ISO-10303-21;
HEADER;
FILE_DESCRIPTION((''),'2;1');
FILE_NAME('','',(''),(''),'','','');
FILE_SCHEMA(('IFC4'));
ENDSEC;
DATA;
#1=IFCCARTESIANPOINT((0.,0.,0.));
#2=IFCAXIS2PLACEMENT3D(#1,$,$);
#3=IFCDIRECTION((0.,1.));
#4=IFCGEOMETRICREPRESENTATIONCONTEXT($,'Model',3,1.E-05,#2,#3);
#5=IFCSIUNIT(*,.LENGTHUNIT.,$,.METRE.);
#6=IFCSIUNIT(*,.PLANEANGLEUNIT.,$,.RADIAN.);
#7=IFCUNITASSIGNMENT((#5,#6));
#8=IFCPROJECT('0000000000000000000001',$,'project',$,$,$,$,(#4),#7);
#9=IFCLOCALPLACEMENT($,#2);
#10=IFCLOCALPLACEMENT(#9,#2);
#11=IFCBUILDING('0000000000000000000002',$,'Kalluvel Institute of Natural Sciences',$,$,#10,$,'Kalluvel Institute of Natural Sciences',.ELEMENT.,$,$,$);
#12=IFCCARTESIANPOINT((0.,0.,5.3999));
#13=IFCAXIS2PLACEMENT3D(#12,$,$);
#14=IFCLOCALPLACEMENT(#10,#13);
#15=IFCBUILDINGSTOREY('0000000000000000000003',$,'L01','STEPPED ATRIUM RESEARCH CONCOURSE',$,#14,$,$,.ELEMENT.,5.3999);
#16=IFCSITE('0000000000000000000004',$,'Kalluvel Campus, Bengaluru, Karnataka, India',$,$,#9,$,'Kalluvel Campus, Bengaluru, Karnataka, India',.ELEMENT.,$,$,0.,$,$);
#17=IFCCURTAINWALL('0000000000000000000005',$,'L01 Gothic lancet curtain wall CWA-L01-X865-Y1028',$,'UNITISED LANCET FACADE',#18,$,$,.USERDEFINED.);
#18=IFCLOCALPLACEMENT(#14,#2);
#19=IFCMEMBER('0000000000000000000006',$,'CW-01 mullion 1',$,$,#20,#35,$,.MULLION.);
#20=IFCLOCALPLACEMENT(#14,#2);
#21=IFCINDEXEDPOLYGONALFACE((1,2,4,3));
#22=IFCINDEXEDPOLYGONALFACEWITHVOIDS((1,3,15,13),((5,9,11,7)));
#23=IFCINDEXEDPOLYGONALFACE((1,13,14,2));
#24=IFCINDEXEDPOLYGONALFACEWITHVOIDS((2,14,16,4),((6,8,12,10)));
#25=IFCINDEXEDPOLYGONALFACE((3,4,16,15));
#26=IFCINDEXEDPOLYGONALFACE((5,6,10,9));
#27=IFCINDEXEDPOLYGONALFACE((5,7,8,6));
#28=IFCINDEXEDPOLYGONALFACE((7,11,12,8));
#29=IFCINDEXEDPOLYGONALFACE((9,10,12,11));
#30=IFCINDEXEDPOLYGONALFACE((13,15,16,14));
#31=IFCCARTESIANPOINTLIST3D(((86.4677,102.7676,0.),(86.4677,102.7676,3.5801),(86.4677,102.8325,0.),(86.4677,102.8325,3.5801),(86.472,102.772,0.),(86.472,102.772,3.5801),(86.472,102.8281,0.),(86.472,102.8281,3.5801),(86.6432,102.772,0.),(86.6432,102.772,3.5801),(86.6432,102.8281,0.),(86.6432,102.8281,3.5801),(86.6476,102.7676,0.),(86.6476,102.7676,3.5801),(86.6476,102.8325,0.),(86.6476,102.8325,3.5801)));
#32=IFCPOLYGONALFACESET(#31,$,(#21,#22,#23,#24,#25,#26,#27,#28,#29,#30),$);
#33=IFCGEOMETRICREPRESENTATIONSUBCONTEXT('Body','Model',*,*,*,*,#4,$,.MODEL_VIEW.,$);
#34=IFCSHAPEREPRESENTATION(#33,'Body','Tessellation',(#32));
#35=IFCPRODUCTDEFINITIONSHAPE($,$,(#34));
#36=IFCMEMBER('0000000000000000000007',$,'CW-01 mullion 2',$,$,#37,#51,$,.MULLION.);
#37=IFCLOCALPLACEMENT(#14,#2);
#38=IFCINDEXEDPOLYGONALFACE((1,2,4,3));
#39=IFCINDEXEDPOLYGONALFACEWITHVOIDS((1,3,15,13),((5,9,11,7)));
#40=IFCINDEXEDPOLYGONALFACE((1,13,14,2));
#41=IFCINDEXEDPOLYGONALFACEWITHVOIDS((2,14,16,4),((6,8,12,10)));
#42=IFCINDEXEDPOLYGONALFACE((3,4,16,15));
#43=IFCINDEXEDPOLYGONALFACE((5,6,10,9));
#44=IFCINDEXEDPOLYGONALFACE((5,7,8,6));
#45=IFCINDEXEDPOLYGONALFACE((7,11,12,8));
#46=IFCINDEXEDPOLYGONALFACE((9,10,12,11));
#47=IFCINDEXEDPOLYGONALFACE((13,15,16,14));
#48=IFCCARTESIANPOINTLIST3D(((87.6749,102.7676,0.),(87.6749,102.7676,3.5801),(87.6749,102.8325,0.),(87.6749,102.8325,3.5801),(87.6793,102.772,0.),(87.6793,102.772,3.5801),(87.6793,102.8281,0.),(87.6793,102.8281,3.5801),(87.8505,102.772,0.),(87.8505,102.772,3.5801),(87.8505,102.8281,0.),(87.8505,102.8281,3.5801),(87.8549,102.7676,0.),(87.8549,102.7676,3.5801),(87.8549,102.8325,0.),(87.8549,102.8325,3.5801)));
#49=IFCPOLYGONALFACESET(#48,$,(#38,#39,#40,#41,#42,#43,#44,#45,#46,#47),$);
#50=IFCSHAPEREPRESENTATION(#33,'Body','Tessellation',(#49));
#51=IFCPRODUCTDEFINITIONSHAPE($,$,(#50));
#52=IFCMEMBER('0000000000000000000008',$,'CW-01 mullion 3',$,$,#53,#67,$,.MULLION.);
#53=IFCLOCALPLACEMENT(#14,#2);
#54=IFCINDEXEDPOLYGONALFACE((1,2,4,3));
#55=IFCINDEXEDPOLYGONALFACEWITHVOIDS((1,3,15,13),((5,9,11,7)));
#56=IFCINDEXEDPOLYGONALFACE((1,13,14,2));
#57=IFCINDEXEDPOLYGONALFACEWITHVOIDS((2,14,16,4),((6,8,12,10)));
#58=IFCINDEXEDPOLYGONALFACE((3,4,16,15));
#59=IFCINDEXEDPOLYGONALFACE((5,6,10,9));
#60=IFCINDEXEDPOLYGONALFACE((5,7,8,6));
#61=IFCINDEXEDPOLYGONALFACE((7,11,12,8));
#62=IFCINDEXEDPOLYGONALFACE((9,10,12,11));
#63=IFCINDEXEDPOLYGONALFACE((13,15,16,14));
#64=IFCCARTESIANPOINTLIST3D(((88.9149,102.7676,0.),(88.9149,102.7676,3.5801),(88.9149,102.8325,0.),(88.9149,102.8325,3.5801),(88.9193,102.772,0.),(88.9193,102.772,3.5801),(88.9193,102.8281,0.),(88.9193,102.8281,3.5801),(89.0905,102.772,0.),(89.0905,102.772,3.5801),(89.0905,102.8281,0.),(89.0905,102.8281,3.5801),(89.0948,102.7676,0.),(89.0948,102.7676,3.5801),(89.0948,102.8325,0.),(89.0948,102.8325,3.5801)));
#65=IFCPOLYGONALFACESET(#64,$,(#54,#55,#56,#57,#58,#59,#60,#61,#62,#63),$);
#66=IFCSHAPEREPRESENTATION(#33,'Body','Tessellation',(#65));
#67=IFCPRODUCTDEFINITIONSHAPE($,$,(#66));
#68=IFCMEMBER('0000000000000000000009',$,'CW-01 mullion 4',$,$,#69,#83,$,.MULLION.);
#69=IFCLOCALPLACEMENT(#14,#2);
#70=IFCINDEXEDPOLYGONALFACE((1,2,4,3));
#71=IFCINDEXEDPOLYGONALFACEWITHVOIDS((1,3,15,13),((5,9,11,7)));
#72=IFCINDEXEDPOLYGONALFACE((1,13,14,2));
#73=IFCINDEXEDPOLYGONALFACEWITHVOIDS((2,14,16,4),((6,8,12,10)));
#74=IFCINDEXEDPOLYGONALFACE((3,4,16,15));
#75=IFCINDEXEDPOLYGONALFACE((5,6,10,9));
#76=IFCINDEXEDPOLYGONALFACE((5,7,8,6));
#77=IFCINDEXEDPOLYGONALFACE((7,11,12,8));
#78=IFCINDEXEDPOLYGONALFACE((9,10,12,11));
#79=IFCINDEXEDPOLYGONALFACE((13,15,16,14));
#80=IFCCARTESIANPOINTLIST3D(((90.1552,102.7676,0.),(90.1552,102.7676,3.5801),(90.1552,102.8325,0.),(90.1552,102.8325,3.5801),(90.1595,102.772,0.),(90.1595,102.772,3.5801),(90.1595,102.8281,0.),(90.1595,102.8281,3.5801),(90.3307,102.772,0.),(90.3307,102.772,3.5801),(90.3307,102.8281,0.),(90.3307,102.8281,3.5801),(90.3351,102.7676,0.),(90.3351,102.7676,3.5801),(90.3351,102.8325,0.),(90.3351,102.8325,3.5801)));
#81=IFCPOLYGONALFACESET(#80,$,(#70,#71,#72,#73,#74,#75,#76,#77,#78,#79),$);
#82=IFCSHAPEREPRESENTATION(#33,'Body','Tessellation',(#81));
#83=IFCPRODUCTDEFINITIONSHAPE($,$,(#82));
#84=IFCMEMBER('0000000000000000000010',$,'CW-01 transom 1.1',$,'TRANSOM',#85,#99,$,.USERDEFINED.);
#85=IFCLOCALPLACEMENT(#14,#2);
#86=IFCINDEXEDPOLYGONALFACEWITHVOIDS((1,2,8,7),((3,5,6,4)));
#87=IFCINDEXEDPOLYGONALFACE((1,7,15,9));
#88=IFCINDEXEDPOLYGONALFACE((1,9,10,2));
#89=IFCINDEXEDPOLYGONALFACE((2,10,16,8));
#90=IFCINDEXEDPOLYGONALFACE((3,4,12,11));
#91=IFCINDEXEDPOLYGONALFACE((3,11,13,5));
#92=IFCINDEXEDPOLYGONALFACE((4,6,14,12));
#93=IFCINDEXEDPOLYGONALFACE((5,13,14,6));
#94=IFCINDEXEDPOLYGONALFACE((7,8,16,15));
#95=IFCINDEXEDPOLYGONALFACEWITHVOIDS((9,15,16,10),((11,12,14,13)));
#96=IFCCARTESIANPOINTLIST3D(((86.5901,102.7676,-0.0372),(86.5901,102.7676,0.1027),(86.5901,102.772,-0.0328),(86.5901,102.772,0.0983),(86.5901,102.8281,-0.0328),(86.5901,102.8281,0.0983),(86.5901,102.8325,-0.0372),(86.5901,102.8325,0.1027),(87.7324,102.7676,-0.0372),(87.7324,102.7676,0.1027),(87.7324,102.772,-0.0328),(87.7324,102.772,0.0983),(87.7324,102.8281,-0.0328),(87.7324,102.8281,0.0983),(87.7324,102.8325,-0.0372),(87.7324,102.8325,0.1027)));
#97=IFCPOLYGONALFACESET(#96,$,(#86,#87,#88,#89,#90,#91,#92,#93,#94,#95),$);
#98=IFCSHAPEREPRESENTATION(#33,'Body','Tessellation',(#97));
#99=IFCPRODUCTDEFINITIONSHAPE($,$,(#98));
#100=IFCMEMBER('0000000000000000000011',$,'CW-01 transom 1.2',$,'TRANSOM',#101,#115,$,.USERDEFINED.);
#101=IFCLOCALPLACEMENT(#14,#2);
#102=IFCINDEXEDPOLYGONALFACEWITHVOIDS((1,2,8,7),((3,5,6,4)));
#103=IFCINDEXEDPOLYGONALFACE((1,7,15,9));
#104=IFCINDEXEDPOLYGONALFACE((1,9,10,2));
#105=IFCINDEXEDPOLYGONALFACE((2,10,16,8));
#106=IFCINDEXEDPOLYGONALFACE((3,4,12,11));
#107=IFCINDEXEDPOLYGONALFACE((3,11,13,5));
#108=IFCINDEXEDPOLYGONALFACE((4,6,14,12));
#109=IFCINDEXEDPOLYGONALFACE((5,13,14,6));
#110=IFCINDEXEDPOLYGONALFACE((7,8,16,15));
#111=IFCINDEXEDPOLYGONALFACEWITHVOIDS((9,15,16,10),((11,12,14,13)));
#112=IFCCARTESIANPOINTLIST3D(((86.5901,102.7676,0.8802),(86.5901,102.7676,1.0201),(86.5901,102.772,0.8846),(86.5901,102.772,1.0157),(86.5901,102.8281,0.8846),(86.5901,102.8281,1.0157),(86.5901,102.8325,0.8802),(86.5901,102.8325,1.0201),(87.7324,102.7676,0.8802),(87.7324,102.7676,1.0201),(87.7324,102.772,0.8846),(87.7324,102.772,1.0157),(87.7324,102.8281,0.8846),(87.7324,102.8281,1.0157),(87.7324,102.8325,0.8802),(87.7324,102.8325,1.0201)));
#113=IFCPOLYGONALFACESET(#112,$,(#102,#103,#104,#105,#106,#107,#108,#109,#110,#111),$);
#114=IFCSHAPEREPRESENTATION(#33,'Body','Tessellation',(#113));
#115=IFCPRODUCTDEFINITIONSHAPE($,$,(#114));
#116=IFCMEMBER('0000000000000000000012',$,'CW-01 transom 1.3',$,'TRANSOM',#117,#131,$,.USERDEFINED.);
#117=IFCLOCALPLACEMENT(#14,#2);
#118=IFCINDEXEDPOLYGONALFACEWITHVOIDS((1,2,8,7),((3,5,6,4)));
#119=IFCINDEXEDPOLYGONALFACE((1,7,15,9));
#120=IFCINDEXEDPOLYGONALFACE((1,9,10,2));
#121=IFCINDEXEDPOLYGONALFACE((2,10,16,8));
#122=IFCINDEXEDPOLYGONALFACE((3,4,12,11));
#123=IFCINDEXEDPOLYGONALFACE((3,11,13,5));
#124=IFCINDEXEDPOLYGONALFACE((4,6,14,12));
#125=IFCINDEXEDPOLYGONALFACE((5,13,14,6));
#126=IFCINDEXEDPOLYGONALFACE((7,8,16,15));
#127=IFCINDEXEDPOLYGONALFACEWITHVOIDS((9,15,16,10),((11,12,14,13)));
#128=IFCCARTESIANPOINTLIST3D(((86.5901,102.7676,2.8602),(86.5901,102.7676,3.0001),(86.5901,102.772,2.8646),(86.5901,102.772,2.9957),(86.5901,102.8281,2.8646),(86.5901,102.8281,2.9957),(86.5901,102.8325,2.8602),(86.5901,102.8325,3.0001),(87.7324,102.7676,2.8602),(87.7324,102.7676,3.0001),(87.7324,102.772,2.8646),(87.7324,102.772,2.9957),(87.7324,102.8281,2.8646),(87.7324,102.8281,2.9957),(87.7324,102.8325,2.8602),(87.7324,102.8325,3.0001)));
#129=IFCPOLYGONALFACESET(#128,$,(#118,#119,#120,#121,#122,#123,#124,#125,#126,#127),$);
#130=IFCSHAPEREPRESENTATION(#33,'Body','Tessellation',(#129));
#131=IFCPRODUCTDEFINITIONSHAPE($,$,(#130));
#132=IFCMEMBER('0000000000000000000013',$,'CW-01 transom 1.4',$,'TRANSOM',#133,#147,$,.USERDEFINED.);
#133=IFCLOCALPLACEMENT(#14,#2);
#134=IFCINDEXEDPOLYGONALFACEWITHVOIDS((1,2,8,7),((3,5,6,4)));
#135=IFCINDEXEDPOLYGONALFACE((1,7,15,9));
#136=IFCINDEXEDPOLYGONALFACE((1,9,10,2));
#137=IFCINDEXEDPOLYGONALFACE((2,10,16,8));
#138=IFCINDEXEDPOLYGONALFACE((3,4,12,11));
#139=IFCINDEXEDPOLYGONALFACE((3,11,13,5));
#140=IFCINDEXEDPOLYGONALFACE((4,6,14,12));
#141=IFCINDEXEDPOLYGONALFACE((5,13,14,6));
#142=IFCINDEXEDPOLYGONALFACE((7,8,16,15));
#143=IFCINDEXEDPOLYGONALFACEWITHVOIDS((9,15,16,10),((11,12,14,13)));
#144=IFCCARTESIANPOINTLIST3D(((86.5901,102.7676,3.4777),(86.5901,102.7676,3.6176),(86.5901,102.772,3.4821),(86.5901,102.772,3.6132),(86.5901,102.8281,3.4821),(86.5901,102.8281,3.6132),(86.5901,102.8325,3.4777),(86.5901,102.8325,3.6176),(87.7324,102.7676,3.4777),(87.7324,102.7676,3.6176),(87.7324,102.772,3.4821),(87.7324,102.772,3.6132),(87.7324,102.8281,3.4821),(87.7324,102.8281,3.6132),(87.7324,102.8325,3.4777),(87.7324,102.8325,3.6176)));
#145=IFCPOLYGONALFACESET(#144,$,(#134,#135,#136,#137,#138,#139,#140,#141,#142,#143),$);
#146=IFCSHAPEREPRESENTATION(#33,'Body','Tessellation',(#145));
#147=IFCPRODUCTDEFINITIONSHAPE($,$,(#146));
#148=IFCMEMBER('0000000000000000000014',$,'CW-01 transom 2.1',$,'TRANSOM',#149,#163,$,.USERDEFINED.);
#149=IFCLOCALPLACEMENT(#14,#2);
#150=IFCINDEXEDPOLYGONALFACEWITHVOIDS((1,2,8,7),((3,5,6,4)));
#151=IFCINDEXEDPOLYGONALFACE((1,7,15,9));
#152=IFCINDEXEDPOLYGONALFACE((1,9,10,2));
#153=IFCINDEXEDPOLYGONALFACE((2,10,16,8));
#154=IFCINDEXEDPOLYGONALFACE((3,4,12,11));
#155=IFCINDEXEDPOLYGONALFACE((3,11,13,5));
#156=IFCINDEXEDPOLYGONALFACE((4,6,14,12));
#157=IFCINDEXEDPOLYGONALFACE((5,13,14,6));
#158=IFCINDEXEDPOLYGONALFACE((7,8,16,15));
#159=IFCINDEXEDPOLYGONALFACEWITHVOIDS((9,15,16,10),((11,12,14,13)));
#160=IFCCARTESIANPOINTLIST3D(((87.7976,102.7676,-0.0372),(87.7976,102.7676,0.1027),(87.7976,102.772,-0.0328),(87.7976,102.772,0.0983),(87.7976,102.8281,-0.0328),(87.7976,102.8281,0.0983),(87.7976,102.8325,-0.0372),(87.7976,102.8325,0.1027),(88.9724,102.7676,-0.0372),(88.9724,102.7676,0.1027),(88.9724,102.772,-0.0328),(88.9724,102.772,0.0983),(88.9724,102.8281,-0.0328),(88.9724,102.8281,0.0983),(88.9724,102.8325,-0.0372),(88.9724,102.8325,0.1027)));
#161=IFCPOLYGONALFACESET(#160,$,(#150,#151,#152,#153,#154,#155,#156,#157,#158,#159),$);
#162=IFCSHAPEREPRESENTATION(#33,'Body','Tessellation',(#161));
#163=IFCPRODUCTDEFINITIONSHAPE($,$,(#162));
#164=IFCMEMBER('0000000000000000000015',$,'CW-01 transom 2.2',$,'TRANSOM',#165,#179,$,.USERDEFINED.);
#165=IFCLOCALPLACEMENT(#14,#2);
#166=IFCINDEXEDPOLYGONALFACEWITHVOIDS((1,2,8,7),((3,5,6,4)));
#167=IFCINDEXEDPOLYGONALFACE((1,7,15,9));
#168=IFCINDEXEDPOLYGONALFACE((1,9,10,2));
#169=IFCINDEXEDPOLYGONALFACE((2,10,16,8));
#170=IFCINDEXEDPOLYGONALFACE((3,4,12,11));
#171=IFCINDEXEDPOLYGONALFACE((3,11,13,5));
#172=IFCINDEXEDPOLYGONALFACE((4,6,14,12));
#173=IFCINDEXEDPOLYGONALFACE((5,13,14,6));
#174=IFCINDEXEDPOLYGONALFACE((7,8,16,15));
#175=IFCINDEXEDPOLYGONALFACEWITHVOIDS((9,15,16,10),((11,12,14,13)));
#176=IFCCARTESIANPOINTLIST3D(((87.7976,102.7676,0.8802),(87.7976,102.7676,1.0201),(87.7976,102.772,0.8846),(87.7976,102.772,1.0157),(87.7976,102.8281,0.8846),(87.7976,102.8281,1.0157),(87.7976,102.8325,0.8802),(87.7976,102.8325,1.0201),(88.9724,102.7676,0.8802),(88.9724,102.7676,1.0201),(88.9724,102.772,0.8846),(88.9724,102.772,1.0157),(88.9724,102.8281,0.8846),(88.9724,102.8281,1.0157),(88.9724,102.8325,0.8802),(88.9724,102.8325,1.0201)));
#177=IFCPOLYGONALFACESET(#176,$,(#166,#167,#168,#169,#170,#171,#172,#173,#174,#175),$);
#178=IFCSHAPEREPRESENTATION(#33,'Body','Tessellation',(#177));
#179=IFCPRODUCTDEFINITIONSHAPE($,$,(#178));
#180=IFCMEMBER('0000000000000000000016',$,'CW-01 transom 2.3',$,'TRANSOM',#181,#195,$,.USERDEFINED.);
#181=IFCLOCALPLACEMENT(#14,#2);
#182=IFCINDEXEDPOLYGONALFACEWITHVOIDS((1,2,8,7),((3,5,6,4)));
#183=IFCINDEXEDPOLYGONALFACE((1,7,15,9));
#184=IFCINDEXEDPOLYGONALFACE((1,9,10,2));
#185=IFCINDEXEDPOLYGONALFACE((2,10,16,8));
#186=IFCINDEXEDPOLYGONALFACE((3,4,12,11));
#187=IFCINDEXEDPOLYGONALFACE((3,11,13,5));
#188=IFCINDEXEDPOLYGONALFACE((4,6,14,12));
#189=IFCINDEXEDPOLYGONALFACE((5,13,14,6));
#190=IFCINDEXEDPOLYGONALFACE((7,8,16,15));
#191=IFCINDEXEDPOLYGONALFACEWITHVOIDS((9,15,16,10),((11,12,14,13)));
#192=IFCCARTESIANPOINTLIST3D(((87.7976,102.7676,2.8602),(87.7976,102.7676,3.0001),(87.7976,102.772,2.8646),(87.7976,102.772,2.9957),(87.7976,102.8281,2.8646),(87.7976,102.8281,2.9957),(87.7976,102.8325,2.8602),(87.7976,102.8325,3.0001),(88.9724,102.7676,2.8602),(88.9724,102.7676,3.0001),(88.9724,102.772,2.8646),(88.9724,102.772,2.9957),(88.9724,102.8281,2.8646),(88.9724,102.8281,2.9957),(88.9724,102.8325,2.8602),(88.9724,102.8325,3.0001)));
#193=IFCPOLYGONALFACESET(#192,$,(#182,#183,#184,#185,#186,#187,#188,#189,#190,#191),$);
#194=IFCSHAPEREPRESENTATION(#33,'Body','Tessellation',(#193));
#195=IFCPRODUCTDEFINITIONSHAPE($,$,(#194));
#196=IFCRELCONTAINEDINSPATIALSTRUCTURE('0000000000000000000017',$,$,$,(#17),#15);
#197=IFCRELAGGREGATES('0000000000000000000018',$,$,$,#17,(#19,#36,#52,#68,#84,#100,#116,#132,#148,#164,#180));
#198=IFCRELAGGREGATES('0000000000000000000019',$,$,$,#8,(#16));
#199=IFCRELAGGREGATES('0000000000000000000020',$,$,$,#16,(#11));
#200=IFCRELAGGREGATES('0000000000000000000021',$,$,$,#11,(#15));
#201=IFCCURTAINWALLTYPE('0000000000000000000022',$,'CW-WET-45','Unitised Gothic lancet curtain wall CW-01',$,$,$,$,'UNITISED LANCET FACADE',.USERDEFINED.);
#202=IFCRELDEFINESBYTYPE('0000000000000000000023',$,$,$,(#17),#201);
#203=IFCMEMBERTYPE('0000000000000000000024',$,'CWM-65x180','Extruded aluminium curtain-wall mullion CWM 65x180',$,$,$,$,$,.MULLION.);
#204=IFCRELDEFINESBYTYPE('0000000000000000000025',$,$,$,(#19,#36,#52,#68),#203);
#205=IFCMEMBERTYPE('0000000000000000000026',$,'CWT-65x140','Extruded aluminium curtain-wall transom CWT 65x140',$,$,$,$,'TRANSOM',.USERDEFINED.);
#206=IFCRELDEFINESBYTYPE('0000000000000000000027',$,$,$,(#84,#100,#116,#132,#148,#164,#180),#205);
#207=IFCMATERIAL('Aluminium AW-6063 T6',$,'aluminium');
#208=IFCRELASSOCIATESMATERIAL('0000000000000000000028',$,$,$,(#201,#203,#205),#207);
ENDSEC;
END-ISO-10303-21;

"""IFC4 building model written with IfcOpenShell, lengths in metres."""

from ifc_helpers import new_model, si_unit, direction, frame, origin, origin_2d, place, context, subcontext, project, spatial, hollow_rectangle, extrude, material, material_profile, profile_set, type_object, element, aggregate, save


model = new_model("IFC4")

# Units and contexts
model_context = context("Model", 3, precision=1e-05, world=origin(), true_north=direction((0.0, 1.0)))
body_context = subcontext(model_context, "Body", "Model", "MODEL_VIEW")
ifc_project = project(units=[si_unit("LENGTHUNIT", "METRE"), si_unit("PLANEANGLEUNIT", "RADIAN")], contexts=[model_context])

# Site, building, storey
site_placement = place(None, origin())
site = spatial("IfcSite", under=ifc_project, at=site_placement, Name="Kalluvel Campus, Bengaluru, Karnataka, India", LongName="Kalluvel Campus, Bengaluru, Karnataka, India", CompositionType="ELEMENT", RefElevation=0.0)
building_placement = place(site_placement, origin())
building = spatial("IfcBuilding", under=site, at=building_placement, Name="Kalluvel Institute of Natural Sciences", LongName="Kalluvel Institute of Natural Sciences", CompositionType="ELEMENT")
storey_placement = place(building_placement, frame((0.0, 0.0, 5.3999)))
storey = spatial("IfcBuildingStorey", under=building, at=storey_placement, Name="L01", Description="STEPPED ATRIUM RESEARCH CONCOURSE", CompositionType="ELEMENT", Elevation=5.3999)

# Curtain wall, members
ifc_material_1 = material(Name="Aluminium AW-6063 T6", Category="aluminium")
curtain_wall_type = type_object("IfcCurtainWallType", Name="CW-WET-45", Description="Unitised Gothic lancet curtain wall CW-01", ElementType="UNITISED LANCET FACADE", PredefinedType="USERDEFINED", material=ifc_material_1)
curtain_wall_placement = place(storey_placement, origin())
curtain_wall = element("IfcCurtainWall", 1, at=curtain_wall_placement, inside=storey, type_object=curtain_wall_type, Name="L01 Gothic lancet curtain wall CWA-L01-X865-Y1028", ObjectType="UNITISED LANCET FACADE", PredefinedType="USERDEFINED")
ifc_material_profile_1 = material_profile(ifc_material_1, hollow_rectangle(XDim=0.0649, YDim=0.1799, WallThickness=0.0044, at=origin_2d()), Name="CWM 65x180")
ifc_profile_set_1 = profile_set([ifc_material_profile_1], Name="Aluminium AW-6063 T6")
member_type_1 = type_object("IfcMemberType", Name="CWM-65x180", Description="Extruded aluminium curtain-wall mullion CWM 65x180", PredefinedType="MULLION", material=ifc_profile_set_1)
member_1_placement = place(storey_placement, frame((86.5576, 102.8, 0.0), z_axis=(0.0, 0.0, 1.0), x_axis=(0.0, 1.0, 0.0)))
member_1 = element("IfcMember", 2, at=member_1_placement, type_object=member_type_1, Name="CW-01 mullion 1", PredefinedType="MULLION", context=body_context, shape_type="SweptSolid", body=[
    extrude(hollow_rectangle(XDim=0.0649, YDim=0.1799, WallThickness=0.0044, at=origin_2d()), origin(), (0.0, 0.0, 1.0), 3.5801),
])
member_2_placement = place(storey_placement, frame((87.7649, 102.8, 0.0), z_axis=(0.0, 0.0, 1.0), x_axis=(0.0, 1.0, 0.0)))
member_2 = element("IfcMember", 3, at=member_2_placement, type_object=member_type_1, Name="CW-01 mullion 2", PredefinedType="MULLION", context=body_context, shape_type="SweptSolid", body=[
    extrude(hollow_rectangle(XDim=0.0649, YDim=0.1799, WallThickness=0.0044, at=origin_2d()), origin(), (0.0, 0.0, 1.0), 3.5801),
])
member_3_placement = place(storey_placement, frame((89.0049, 102.8, 0.0), z_axis=(0.0, 0.0, 1.0), x_axis=(0.0, 1.0, 0.0)))
member_3 = element("IfcMember", 4, at=member_3_placement, type_object=member_type_1, Name="CW-01 mullion 3", PredefinedType="MULLION", context=body_context, shape_type="SweptSolid", body=[
    extrude(hollow_rectangle(XDim=0.0649, YDim=0.1799, WallThickness=0.0044, at=origin_2d()), origin(), (0.0, 0.0, 1.0), 3.5801),
])
member_4_placement = place(storey_placement, frame((90.2451, 102.8, 0.0), z_axis=(0.0, 0.0, 1.0), x_axis=(0.0, 1.0, 0.0)))
member_4 = element("IfcMember", 5, at=member_4_placement, type_object=member_type_1, Name="CW-01 mullion 4", PredefinedType="MULLION", context=body_context, shape_type="SweptSolid", body=[
    extrude(hollow_rectangle(XDim=0.0649, YDim=0.1799, WallThickness=0.0044, at=origin_2d()), origin(), (0.0, 0.0, 1.0), 3.5801),
])
ifc_material_profile_2 = material_profile(ifc_material_1, hollow_rectangle(XDim=0.0649, YDim=0.1399, WallThickness=0.0044, at=origin_2d()), Name="CWT 65x140")
ifc_profile_set_2 = profile_set([ifc_material_profile_2], Name="Aluminium AW-6063 T6")
member_type_2 = type_object("IfcMemberType", Name="CWT-65x140", Description="Extruded aluminium curtain-wall transom CWT 65x140", ElementType="TRANSOM", PredefinedType="USERDEFINED", material=ifc_profile_set_2)
member_5_placement = place(storey_placement, frame((86.5901, 102.8, 0.0327), z_axis=(1.0, 0.0, 0.0), x_axis=(0.0, 1.0, 0.0)))
member_5 = element("IfcMember", 6, at=member_5_placement, type_object=member_type_2, Name="CW-01 transom 1.1", ObjectType="TRANSOM", PredefinedType="USERDEFINED", context=body_context, shape_type="SweptSolid", body=[
    extrude(hollow_rectangle(XDim=0.0649, YDim=0.1399, WallThickness=0.0044, at=origin_2d()), origin(), (0.0, 0.0, 1.0), 1.1423),
])
member_6_placement = place(storey_placement, frame((86.5901, 102.8, 0.9502), z_axis=(1.0, 0.0, 0.0), x_axis=(0.0, 1.0, 0.0)))
member_6 = element("IfcMember", 7, at=member_6_placement, type_object=member_type_2, Name="CW-01 transom 1.2", ObjectType="TRANSOM", PredefinedType="USERDEFINED", context=body_context, shape_type="SweptSolid", body=[
    extrude(hollow_rectangle(XDim=0.0649, YDim=0.1399, WallThickness=0.0044, at=origin_2d()), origin(), (0.0, 0.0, 1.0), 1.1423),
])
member_7_placement = place(storey_placement, frame((86.5901, 102.8, 2.9302), z_axis=(1.0, 0.0, 0.0), x_axis=(0.0, 1.0, 0.0)))
member_7 = element("IfcMember", 8, at=member_7_placement, type_object=member_type_2, Name="CW-01 transom 1.3", ObjectType="TRANSOM", PredefinedType="USERDEFINED", context=body_context, shape_type="SweptSolid", body=[
    extrude(hollow_rectangle(XDim=0.0649, YDim=0.1399, WallThickness=0.0044, at=origin_2d()), origin(), (0.0, 0.0, 1.0), 1.1423),
])
member_8_placement = place(storey_placement, frame((86.5901, 102.8, 3.5476), z_axis=(1.0, 0.0, 0.0), x_axis=(0.0, 1.0, 0.0)))
member_8 = element("IfcMember", 9, at=member_8_placement, type_object=member_type_2, Name="CW-01 transom 1.4", ObjectType="TRANSOM", PredefinedType="USERDEFINED", context=body_context, shape_type="SweptSolid", body=[
    extrude(hollow_rectangle(XDim=0.0649, YDim=0.1399, WallThickness=0.0044, at=origin_2d()), origin(), (0.0, 0.0, 1.0), 1.1423),
])
member_9_placement = place(storey_placement, frame((87.7976, 102.8, 0.0327), z_axis=(1.0, 0.0, 0.0), x_axis=(0.0, 1.0, 0.0)))
member_9 = element("IfcMember", 10, at=member_9_placement, type_object=member_type_2, Name="CW-01 transom 2.1", ObjectType="TRANSOM", PredefinedType="USERDEFINED", context=body_context, shape_type="SweptSolid", body=[
    extrude(hollow_rectangle(XDim=0.0649, YDim=0.1399, WallThickness=0.0044, at=origin_2d()), origin(), (0.0, 0.0, 1.0), 1.1748),
])
member_10_placement = place(storey_placement, frame((87.7976, 102.8, 0.9502), z_axis=(1.0, 0.0, 0.0), x_axis=(0.0, 1.0, 0.0)))
member_10 = element("IfcMember", 11, at=member_10_placement, type_object=member_type_2, Name="CW-01 transom 2.2", ObjectType="TRANSOM", PredefinedType="USERDEFINED", context=body_context, shape_type="SweptSolid", body=[
    extrude(hollow_rectangle(XDim=0.0649, YDim=0.1399, WallThickness=0.0044, at=origin_2d()), origin(), (0.0, 0.0, 1.0), 1.1748),
])
member_11_placement = place(storey_placement, frame((87.7976, 102.8, 2.9302), z_axis=(1.0, 0.0, 0.0), x_axis=(0.0, 1.0, 0.0)))
member_11 = element("IfcMember", 12, at=member_11_placement, type_object=member_type_2, Name="CW-01 transom 2.3", ObjectType="TRANSOM", PredefinedType="USERDEFINED", context=body_context, shape_type="SweptSolid", body=[
    extrude(hollow_rectangle(XDim=0.0649, YDim=0.1399, WallThickness=0.0044, at=origin_2d()), origin(), (0.0, 0.0, 1.0), 1.1748),
])
aggregate(curtain_wall, [member_1, member_2, member_3, member_4, member_5, member_6, member_7, member_8, member_9, member_10, member_11])

save(model, "model.ifc")
